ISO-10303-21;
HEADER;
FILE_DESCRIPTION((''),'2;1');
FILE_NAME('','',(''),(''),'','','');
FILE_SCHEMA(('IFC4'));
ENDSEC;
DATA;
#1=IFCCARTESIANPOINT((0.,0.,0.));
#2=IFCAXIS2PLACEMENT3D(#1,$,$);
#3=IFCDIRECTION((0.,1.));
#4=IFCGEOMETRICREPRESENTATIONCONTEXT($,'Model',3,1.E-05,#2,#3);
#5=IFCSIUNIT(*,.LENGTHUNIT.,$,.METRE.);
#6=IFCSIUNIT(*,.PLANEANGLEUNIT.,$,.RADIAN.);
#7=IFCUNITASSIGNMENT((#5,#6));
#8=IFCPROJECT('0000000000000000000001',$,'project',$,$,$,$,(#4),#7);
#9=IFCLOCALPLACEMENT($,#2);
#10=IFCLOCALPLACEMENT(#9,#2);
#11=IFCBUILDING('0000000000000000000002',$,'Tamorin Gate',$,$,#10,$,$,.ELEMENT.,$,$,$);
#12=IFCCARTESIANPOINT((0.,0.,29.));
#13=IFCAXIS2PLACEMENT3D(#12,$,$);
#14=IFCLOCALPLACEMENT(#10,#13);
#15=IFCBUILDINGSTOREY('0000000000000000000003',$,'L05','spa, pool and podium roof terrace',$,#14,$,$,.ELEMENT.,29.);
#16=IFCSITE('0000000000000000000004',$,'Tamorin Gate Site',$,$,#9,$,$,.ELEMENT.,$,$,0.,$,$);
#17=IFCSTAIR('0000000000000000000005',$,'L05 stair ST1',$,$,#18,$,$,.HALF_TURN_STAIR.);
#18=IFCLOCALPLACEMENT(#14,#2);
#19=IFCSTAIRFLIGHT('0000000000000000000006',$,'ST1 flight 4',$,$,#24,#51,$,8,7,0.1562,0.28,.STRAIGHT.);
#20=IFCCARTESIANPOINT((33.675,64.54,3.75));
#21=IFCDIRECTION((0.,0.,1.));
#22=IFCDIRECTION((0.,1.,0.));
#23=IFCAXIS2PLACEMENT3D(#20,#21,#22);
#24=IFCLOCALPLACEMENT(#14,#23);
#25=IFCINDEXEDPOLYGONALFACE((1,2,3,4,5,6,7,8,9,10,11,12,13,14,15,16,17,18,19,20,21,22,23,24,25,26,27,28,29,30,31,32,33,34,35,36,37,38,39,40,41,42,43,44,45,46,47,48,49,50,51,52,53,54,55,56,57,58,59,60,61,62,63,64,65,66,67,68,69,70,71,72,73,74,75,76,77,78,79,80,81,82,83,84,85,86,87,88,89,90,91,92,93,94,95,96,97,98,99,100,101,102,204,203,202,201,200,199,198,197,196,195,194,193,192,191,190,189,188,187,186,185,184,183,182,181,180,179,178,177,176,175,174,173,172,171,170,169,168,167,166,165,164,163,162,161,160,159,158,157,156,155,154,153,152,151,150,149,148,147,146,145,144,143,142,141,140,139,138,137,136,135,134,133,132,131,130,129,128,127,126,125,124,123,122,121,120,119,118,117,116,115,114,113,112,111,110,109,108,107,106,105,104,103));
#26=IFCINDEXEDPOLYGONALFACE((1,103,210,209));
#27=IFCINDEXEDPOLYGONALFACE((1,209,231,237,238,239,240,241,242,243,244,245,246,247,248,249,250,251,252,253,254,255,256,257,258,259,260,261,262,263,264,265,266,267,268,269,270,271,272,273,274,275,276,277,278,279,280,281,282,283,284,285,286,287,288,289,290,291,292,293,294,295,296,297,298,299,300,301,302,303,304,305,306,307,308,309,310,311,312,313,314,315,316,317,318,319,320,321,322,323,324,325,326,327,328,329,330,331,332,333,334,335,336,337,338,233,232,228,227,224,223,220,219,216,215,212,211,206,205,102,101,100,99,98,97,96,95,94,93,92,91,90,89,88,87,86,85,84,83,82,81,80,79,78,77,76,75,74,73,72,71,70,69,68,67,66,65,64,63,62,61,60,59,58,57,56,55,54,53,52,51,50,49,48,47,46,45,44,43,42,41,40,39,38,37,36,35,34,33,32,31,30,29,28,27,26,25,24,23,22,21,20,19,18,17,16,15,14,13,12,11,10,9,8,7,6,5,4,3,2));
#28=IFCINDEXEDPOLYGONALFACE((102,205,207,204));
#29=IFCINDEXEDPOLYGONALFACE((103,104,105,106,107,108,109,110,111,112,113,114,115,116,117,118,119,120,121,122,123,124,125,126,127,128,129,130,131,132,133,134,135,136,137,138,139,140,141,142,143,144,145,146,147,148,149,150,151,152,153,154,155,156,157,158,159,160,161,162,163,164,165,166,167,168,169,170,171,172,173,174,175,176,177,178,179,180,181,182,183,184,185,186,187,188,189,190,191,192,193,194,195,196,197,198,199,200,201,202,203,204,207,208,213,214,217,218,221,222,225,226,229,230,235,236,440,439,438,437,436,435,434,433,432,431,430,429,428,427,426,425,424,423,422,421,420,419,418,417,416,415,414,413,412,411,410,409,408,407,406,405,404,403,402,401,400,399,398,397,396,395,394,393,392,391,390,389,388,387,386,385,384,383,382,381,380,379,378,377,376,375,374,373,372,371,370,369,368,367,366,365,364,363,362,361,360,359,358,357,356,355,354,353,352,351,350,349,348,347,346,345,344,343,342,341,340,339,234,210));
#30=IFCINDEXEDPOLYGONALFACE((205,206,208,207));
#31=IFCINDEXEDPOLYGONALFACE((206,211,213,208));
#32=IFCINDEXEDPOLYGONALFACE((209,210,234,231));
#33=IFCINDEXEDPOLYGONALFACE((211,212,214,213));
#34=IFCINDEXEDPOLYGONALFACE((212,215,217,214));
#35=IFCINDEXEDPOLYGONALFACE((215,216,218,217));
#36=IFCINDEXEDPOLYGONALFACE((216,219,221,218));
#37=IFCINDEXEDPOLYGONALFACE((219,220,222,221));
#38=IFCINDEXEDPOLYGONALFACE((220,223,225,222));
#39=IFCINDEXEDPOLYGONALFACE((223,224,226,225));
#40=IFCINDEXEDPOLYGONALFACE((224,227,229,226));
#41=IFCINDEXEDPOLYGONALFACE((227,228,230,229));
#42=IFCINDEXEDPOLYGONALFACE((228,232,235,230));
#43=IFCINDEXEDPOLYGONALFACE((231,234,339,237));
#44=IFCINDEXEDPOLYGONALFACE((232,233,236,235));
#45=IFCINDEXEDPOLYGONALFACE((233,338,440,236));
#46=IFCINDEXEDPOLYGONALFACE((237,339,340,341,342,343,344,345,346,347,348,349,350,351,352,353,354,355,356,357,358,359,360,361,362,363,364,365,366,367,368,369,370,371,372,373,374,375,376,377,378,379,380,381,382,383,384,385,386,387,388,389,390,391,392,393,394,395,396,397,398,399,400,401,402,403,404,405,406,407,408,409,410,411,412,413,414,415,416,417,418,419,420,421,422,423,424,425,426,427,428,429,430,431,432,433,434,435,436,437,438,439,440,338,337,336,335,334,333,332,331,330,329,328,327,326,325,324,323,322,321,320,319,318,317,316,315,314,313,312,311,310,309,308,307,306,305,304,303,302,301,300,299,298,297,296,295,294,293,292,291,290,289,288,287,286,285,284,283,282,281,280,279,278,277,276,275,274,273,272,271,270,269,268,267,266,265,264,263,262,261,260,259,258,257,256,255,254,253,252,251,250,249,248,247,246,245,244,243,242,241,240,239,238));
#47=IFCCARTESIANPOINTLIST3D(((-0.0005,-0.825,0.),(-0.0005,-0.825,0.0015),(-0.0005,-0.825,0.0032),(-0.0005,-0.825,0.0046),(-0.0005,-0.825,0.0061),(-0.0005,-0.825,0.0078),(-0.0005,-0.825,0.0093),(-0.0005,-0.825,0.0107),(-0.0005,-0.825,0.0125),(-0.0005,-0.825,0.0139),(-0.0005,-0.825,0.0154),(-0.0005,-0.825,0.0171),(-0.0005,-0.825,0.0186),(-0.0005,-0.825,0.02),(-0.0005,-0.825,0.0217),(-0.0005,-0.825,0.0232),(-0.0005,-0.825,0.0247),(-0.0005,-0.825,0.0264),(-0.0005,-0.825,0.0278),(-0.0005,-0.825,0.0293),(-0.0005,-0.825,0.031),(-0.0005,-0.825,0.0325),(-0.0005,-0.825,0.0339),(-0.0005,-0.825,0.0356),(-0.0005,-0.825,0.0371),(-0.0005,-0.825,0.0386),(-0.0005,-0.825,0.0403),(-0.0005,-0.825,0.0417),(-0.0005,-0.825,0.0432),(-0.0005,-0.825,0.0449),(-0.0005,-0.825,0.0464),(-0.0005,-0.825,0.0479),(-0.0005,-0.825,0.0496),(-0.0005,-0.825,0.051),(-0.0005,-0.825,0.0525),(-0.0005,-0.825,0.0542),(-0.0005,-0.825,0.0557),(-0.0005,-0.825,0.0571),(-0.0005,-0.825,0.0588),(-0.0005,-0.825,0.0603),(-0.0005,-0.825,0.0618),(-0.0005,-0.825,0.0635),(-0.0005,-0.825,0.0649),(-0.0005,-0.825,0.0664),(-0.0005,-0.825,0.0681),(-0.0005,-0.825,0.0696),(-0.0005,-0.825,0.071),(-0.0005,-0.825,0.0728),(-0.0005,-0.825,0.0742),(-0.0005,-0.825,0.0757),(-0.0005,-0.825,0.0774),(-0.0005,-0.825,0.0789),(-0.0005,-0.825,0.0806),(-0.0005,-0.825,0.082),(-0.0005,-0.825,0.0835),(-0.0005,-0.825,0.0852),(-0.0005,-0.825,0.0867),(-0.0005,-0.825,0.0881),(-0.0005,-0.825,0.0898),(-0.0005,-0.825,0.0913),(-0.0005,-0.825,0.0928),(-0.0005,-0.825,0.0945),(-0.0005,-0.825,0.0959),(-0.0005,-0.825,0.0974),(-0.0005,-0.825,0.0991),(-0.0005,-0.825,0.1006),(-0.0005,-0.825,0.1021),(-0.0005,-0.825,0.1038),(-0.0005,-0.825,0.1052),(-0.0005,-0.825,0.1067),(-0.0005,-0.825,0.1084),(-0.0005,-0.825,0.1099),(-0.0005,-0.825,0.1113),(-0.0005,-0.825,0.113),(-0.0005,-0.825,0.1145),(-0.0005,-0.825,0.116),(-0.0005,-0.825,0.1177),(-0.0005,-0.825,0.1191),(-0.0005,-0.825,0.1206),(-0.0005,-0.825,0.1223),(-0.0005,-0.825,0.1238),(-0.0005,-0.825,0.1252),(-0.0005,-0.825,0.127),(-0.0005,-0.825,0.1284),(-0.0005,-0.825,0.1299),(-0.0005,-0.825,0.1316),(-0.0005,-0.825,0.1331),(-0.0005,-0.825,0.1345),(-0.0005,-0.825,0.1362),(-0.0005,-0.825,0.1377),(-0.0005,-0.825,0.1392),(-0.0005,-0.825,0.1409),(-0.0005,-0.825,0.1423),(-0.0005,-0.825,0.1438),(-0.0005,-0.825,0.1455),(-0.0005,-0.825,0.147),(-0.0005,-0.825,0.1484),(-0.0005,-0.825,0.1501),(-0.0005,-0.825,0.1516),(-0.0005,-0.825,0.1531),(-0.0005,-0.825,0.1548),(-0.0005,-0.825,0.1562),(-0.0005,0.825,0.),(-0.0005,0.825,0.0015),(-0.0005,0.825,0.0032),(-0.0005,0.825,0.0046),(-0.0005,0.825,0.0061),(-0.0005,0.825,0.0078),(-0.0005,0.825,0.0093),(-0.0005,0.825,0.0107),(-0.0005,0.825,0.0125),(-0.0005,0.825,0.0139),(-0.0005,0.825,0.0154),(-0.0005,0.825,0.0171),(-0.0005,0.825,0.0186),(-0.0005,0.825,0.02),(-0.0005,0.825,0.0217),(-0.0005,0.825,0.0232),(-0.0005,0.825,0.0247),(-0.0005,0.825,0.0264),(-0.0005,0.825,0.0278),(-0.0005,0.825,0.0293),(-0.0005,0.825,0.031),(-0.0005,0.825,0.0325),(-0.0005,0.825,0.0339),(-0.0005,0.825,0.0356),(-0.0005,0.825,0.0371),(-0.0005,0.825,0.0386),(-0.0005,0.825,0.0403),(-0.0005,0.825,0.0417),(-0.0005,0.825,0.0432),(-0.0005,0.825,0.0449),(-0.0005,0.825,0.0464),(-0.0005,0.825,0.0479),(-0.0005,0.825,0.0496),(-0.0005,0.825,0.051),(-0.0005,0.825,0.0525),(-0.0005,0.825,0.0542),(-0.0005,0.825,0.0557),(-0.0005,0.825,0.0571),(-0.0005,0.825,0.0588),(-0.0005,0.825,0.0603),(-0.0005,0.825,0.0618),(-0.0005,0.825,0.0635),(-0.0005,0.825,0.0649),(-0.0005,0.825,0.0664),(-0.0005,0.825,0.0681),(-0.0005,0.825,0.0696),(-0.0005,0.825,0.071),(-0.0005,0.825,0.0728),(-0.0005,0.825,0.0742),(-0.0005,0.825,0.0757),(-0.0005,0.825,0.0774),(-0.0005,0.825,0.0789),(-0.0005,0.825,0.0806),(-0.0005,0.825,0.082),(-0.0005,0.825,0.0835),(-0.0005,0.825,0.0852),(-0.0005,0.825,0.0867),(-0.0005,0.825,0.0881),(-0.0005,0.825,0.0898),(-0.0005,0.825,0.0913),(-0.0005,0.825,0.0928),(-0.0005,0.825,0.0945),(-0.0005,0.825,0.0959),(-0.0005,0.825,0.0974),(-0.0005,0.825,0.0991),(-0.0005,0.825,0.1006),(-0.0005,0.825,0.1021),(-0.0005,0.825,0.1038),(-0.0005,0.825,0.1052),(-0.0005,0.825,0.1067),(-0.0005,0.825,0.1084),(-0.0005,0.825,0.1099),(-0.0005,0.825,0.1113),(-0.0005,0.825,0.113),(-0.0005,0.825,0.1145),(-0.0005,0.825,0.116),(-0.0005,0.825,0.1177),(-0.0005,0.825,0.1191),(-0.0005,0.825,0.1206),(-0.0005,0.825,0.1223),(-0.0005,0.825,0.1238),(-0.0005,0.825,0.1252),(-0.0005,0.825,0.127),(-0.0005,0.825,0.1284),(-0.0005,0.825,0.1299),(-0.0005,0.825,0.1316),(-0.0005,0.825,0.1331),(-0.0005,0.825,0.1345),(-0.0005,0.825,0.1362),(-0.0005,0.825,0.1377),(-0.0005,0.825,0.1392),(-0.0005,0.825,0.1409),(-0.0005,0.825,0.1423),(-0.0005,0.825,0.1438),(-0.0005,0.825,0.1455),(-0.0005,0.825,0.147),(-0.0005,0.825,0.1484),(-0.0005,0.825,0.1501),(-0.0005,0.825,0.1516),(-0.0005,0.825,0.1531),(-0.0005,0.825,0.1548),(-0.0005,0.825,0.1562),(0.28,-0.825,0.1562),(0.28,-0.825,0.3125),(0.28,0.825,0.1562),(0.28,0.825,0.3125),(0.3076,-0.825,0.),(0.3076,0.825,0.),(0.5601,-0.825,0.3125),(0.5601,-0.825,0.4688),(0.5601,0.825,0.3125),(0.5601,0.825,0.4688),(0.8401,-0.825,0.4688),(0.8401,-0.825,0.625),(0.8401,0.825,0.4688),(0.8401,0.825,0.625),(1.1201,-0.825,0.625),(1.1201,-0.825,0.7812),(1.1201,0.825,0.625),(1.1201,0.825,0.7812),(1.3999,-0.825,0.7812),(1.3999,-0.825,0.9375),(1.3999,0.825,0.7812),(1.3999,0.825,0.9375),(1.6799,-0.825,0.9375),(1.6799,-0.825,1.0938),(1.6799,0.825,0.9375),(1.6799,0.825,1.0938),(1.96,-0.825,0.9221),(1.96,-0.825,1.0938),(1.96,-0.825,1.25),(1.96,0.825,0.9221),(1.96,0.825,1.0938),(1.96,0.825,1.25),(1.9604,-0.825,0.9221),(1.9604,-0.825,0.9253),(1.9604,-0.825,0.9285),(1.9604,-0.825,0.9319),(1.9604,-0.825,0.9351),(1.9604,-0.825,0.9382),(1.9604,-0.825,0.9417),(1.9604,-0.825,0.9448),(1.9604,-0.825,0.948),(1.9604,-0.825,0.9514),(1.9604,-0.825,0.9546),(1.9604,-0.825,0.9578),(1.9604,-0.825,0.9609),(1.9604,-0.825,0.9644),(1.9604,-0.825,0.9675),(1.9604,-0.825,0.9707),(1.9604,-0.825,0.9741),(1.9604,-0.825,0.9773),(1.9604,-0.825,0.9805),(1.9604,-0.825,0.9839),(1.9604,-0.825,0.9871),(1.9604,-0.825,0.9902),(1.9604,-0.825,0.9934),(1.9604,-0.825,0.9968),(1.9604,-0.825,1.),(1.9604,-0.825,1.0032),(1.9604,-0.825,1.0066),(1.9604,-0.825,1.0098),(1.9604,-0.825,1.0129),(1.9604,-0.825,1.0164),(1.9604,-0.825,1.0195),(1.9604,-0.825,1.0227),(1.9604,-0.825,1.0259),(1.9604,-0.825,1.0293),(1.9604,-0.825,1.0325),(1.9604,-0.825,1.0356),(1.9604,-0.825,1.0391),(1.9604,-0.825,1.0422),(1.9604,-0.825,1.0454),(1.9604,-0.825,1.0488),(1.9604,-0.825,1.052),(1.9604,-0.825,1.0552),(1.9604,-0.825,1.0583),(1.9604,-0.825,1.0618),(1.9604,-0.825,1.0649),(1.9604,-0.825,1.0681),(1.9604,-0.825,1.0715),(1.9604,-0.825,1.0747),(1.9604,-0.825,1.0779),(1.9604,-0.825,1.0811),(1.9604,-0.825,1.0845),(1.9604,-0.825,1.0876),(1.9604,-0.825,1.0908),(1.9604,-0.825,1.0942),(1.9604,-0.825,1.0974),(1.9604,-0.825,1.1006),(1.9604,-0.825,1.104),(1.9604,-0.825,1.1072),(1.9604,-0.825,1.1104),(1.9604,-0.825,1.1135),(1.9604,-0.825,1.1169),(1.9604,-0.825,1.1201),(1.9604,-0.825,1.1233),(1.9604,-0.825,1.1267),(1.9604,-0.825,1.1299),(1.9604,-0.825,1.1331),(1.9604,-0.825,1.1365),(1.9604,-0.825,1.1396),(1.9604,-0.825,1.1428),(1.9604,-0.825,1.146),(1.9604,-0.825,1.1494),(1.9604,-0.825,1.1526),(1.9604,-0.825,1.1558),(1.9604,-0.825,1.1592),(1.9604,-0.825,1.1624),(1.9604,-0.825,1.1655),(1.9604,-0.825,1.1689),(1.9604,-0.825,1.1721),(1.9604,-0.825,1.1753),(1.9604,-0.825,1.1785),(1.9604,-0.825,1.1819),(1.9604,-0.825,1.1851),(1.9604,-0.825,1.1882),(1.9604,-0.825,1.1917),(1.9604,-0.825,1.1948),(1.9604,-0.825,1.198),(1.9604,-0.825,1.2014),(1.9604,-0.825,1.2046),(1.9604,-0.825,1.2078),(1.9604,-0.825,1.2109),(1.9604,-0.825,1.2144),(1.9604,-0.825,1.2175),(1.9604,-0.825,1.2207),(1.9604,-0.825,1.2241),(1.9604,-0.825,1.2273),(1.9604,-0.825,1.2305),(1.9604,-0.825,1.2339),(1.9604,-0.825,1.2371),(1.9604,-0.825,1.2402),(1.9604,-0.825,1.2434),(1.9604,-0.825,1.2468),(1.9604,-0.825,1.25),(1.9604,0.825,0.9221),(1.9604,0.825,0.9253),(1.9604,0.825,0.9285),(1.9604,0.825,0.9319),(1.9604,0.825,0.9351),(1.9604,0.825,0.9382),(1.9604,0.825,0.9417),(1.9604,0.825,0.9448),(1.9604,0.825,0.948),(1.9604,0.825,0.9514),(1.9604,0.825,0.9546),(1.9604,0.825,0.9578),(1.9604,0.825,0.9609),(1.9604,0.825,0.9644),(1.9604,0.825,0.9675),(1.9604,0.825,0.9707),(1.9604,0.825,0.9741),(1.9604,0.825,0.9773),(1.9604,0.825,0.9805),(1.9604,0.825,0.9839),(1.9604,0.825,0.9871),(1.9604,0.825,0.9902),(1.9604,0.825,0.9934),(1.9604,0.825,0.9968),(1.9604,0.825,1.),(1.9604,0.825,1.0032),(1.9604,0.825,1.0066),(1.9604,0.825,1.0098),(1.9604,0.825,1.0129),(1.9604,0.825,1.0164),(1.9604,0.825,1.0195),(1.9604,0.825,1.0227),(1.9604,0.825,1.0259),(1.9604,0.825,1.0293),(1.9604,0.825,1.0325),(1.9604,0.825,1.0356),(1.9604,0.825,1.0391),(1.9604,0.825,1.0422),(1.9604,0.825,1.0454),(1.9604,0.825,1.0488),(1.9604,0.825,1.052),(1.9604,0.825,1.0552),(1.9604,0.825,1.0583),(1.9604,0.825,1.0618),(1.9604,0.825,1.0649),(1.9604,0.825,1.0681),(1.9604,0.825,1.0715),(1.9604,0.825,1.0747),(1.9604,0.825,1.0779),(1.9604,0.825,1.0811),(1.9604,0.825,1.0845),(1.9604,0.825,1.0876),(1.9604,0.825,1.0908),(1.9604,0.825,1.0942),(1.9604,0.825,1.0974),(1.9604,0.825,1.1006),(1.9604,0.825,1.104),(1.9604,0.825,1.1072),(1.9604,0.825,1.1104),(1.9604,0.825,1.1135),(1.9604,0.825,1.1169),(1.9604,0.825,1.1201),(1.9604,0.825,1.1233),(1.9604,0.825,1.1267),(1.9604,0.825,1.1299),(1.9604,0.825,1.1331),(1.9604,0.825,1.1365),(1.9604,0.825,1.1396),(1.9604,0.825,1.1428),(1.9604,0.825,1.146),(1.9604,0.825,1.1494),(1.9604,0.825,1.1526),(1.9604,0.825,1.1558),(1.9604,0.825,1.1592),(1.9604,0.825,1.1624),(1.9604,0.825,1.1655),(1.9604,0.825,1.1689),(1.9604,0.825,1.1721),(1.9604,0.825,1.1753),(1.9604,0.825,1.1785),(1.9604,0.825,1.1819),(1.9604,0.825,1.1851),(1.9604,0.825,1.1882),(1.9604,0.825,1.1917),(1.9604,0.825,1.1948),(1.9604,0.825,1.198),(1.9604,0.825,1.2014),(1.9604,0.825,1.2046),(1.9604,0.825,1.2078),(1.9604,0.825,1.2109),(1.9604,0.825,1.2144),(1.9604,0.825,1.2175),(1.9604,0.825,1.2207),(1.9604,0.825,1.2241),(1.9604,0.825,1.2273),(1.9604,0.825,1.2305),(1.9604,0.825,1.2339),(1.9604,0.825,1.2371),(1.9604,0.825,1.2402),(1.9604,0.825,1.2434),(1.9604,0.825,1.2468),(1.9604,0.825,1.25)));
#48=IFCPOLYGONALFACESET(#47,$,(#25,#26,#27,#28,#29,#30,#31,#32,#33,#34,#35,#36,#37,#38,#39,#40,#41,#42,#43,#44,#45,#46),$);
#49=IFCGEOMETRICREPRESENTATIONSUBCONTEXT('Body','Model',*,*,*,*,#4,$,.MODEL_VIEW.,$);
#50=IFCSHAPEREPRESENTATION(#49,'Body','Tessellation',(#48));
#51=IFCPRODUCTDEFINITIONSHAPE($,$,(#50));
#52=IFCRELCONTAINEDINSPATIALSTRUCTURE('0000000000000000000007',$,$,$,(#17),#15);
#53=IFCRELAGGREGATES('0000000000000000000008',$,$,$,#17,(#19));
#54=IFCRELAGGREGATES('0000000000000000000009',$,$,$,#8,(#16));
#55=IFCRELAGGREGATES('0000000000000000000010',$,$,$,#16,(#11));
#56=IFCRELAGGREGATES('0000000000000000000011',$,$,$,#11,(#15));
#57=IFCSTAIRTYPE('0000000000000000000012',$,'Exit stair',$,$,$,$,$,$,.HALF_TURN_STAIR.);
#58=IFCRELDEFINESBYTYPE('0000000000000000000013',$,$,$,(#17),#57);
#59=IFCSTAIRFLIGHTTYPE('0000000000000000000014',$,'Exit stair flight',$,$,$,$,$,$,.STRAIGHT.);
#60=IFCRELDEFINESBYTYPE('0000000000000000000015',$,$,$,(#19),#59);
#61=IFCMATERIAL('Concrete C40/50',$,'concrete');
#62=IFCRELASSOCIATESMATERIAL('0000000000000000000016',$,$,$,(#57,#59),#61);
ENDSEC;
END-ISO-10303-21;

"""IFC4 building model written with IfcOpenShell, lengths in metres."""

from ifc_helpers import new_model, si_unit, direction, frame, origin, place, context, subcontext, project, spatial, polyline, outline, extrude, material, type_object, element, aggregate, save


model = new_model("IFC4")

# Units and contexts
model_context = context("Model", 3, precision=1e-05, world=origin(), true_north=direction((0.0, 1.0)))
body_context = subcontext(model_context, "Body", "Model", "MODEL_VIEW")
ifc_project = project(units=[si_unit("LENGTHUNIT", "METRE"), si_unit("PLANEANGLEUNIT", "RADIAN")], contexts=[model_context])

# Site, building, storey
site_placement = place(None, origin())
site = spatial("IfcSite", under=ifc_project, at=site_placement, Name="Tamorin Gate Site", CompositionType="ELEMENT", RefElevation=0.0)
building_placement = place(site_placement, origin())
building = spatial("IfcBuilding", under=site, at=building_placement, Name="Tamorin Gate", CompositionType="ELEMENT")
storey_placement = place(building_placement, frame((0.0, 0.0, 29.0)))
storey = spatial("IfcBuildingStorey", under=building, at=storey_placement, Name="L05", Description="spa, pool and podium roof terrace", CompositionType="ELEMENT", Elevation=29.0)

# Shared definitions
ifc_material_1 = material(Name="Concrete C40/50", Category="concrete")

# Stair, stair flight
stair_type = type_object("IfcStairType", Name="Exit stair", PredefinedType="HALF_TURN_STAIR", material=ifc_material_1)
stair_placement = place(storey_placement, origin())
stair = element("IfcStair", 1, at=stair_placement, inside=storey, type_object=stair_type, Name="L05 stair ST1", PredefinedType="HALF_TURN_STAIR")
stair_flight_type = type_object("IfcStairFlightType", Name="Exit stair flight", PredefinedType="STRAIGHT", material=ifc_material_1)
stair_flight_1_placement = place(storey_placement, frame((33.675, 64.54, 3.75), z_axis=(0.0, 0.0, 1.0), x_axis=(0.0, 1.0, 0.0)))
stair_flight_1 = element("IfcStairFlight", 2, at=stair_flight_1_placement, type_object=stair_flight_type, Name="ST1 flight 4", NumberOfRisers=8, NumberOfTreads=7, PredefinedType="STRAIGHT", RiserHeight=0.1562, TreadLength=0.28, context=body_context, shape_type="SweptSolid", body=[
    extrude(outline(polyline([(-0.0005, 0.0), (-0.0005, 0.0015), (-0.0005, 0.0032), (-0.0005, 0.0046), (-0.0005, 0.0061), (-0.0005, 0.0078), (-0.0005, 0.0093), (-0.0005, 0.0107), (-0.0005, 0.0125), (-0.0005, 0.0139), (-0.0005, 0.0154), (-0.0005, 0.0171), (-0.0005, 0.0186), (-0.0005, 0.02), (-0.0005, 0.0217), (-0.0005, 0.0232), (-0.0005, 0.0247), (-0.0005, 0.0264), (-0.0005, 0.0278), (-0.0005, 0.0293), (-0.0005, 0.031), (-0.0005, 0.0325), (-0.0005, 0.0339), (-0.0005, 0.0356), (-0.0005, 0.0371), (-0.0005, 0.0386), (-0.0005, 0.0403), (-0.0005, 0.0417), (-0.0005, 0.0432), (-0.0005, 0.0449), (-0.0005, 0.0464), (-0.0005, 0.0479), (-0.0005, 0.0496), (-0.0005, 0.051), (-0.0005, 0.0525), (-0.0005, 0.0542), (-0.0005, 0.0557), (-0.0005, 0.0571), (-0.0005, 0.0588), (-0.0005, 0.0603), (-0.0005, 0.0618), (-0.0005, 0.0635), (-0.0005, 0.0649), (-0.0005, 0.0664), (-0.0005, 0.0681), (-0.0005, 0.0696), (-0.0005, 0.071), (-0.0005, 0.0728), (-0.0005, 0.0742), (-0.0005, 0.0757), (-0.0005, 0.0774), (-0.0005, 0.0789), (-0.0005, 0.0806), (-0.0005, 0.082), (-0.0005, 0.0835), (-0.0005, 0.0852), (-0.0005, 0.0867), (-0.0005, 0.0881), (-0.0005, 0.0898), (-0.0005, 0.0913), (-0.0005, 0.0928), (-0.0005, 0.0945), (-0.0005, 0.0959), (-0.0005, 0.0974), (-0.0005, 0.0991), (-0.0005, 0.1006), (-0.0005, 0.1021), (-0.0005, 0.1038), (-0.0005, 0.1052), (-0.0005, 0.1067), (-0.0005, 0.1084), (-0.0005, 0.1099), (-0.0005, 0.1113), (-0.0005, 0.113), (-0.0005, 0.1145), (-0.0005, 0.116), (-0.0005, 0.1177), (-0.0005, 0.1191), (-0.0005, 0.1206), (-0.0005, 0.1223), (-0.0005, 0.1238), (-0.0005, 0.1252), (-0.0005, 0.127), (-0.0005, 0.1284), (-0.0005, 0.1299), (-0.0005, 0.1316), (-0.0005, 0.1331), (-0.0005, 0.1345), (-0.0005, 0.1362), (-0.0005, 0.1377), (-0.0005, 0.1392), (-0.0005, 0.1409), (-0.0005, 0.1423), (-0.0005, 0.1438), (-0.0005, 0.1455), (-0.0005, 0.147), (-0.0005, 0.1484), (-0.0005, 0.1501), (-0.0005, 0.1516), (-0.0005, 0.1531), (-0.0005, 0.1548), (-0.0005, 0.1562), (0.28, 0.1562), (0.28, 0.3125), (0.5601, 0.3125), (0.5601, 0.4688), (0.8401, 0.4688), (0.8401, 0.625), (1.1201, 0.625), (1.1201, 0.7812), (1.3999, 0.7812), (1.3999, 0.9375), (1.6799, 0.9375), (1.6799, 1.0938), (1.96, 1.0938), (1.96, 1.25), (1.9604, 1.25), (1.9604, 1.2468), (1.9604, 1.2434), (1.9604, 1.2402), (1.9604, 1.2371), (1.9604, 1.2339), (1.9604, 1.2305), (1.9604, 1.2273), (1.9604, 1.2241), (1.9604, 1.2207), (1.9604, 1.2175), (1.9604, 1.2144), (1.9604, 1.2109), (1.9604, 1.2078), (1.9604, 1.2046), (1.9604, 1.2014), (1.9604, 1.198), (1.9604, 1.1948), (1.9604, 1.1917), (1.9604, 1.1882), (1.9604, 1.1851), (1.9604, 1.1819), (1.9604, 1.1785), (1.9604, 1.1753), (1.9604, 1.1721), (1.9604, 1.1689), (1.9604, 1.1655), (1.9604, 1.1624), (1.9604, 1.1592), (1.9604, 1.1558), (1.9604, 1.1526), (1.9604, 1.1494), (1.9604, 1.146), (1.9604, 1.1428), (1.9604, 1.1396), (1.9604, 1.1365), (1.9604, 1.1331), (1.9604, 1.1299), (1.9604, 1.1267), (1.9604, 1.1233), (1.9604, 1.1201), (1.9604, 1.1169), (1.9604, 1.1135), (1.9604, 1.1104), (1.9604, 1.1072), (1.9604, 1.104), (1.9604, 1.1006), (1.9604, 1.0974), (1.9604, 1.0942), (1.9604, 1.0908), (1.9604, 1.0876), (1.9604, 1.0845), (1.9604, 1.0811), (1.9604, 1.0779), (1.9604, 1.0747), (1.9604, 1.0715), (1.9604, 1.0681), (1.9604, 1.0649), (1.9604, 1.0618), (1.9604, 1.0583), (1.9604, 1.0552), (1.9604, 1.052), (1.9604, 1.0488), (1.9604, 1.0454), (1.9604, 1.0422), (1.9604, 1.0391), (1.9604, 1.0356), (1.9604, 1.0325), (1.9604, 1.0293), (1.9604, 1.0259), (1.9604, 1.0227), (1.9604, 1.0195), (1.9604, 1.0164), (1.9604, 1.0129), (1.9604, 1.0098), (1.9604, 1.0066), (1.9604, 1.0032), (1.9604, 1.0), (1.9604, 0.9968), (1.9604, 0.9934), (1.9604, 0.9902), (1.9604, 0.9871), (1.9604, 0.9839), (1.9604, 0.9805), (1.9604, 0.9773), (1.9604, 0.9741), (1.9604, 0.9707), (1.9604, 0.9675), (1.9604, 0.9644), (1.9604, 0.9609), (1.9604, 0.9578), (1.9604, 0.9546), (1.9604, 0.9514), (1.9604, 0.948), (1.9604, 0.9448), (1.9604, 0.9417), (1.9604, 0.9382), (1.9604, 0.9351), (1.9604, 0.9319), (1.9604, 0.9285), (1.9604, 0.9253), (1.9604, 0.9221), (1.96, 0.9221), (0.3076, 0.0), (-0.0005, 0.0)])), frame((0.0, 0.825, 0.0), z_axis=(0.0, -1.0, 0.0), x_axis=(1.0, 0.0, 0.0)), (0.0, 0.0, 1.0), 1.6499),
])
aggregate(stair, [stair_flight_1])

save(model, "model.ifc")
